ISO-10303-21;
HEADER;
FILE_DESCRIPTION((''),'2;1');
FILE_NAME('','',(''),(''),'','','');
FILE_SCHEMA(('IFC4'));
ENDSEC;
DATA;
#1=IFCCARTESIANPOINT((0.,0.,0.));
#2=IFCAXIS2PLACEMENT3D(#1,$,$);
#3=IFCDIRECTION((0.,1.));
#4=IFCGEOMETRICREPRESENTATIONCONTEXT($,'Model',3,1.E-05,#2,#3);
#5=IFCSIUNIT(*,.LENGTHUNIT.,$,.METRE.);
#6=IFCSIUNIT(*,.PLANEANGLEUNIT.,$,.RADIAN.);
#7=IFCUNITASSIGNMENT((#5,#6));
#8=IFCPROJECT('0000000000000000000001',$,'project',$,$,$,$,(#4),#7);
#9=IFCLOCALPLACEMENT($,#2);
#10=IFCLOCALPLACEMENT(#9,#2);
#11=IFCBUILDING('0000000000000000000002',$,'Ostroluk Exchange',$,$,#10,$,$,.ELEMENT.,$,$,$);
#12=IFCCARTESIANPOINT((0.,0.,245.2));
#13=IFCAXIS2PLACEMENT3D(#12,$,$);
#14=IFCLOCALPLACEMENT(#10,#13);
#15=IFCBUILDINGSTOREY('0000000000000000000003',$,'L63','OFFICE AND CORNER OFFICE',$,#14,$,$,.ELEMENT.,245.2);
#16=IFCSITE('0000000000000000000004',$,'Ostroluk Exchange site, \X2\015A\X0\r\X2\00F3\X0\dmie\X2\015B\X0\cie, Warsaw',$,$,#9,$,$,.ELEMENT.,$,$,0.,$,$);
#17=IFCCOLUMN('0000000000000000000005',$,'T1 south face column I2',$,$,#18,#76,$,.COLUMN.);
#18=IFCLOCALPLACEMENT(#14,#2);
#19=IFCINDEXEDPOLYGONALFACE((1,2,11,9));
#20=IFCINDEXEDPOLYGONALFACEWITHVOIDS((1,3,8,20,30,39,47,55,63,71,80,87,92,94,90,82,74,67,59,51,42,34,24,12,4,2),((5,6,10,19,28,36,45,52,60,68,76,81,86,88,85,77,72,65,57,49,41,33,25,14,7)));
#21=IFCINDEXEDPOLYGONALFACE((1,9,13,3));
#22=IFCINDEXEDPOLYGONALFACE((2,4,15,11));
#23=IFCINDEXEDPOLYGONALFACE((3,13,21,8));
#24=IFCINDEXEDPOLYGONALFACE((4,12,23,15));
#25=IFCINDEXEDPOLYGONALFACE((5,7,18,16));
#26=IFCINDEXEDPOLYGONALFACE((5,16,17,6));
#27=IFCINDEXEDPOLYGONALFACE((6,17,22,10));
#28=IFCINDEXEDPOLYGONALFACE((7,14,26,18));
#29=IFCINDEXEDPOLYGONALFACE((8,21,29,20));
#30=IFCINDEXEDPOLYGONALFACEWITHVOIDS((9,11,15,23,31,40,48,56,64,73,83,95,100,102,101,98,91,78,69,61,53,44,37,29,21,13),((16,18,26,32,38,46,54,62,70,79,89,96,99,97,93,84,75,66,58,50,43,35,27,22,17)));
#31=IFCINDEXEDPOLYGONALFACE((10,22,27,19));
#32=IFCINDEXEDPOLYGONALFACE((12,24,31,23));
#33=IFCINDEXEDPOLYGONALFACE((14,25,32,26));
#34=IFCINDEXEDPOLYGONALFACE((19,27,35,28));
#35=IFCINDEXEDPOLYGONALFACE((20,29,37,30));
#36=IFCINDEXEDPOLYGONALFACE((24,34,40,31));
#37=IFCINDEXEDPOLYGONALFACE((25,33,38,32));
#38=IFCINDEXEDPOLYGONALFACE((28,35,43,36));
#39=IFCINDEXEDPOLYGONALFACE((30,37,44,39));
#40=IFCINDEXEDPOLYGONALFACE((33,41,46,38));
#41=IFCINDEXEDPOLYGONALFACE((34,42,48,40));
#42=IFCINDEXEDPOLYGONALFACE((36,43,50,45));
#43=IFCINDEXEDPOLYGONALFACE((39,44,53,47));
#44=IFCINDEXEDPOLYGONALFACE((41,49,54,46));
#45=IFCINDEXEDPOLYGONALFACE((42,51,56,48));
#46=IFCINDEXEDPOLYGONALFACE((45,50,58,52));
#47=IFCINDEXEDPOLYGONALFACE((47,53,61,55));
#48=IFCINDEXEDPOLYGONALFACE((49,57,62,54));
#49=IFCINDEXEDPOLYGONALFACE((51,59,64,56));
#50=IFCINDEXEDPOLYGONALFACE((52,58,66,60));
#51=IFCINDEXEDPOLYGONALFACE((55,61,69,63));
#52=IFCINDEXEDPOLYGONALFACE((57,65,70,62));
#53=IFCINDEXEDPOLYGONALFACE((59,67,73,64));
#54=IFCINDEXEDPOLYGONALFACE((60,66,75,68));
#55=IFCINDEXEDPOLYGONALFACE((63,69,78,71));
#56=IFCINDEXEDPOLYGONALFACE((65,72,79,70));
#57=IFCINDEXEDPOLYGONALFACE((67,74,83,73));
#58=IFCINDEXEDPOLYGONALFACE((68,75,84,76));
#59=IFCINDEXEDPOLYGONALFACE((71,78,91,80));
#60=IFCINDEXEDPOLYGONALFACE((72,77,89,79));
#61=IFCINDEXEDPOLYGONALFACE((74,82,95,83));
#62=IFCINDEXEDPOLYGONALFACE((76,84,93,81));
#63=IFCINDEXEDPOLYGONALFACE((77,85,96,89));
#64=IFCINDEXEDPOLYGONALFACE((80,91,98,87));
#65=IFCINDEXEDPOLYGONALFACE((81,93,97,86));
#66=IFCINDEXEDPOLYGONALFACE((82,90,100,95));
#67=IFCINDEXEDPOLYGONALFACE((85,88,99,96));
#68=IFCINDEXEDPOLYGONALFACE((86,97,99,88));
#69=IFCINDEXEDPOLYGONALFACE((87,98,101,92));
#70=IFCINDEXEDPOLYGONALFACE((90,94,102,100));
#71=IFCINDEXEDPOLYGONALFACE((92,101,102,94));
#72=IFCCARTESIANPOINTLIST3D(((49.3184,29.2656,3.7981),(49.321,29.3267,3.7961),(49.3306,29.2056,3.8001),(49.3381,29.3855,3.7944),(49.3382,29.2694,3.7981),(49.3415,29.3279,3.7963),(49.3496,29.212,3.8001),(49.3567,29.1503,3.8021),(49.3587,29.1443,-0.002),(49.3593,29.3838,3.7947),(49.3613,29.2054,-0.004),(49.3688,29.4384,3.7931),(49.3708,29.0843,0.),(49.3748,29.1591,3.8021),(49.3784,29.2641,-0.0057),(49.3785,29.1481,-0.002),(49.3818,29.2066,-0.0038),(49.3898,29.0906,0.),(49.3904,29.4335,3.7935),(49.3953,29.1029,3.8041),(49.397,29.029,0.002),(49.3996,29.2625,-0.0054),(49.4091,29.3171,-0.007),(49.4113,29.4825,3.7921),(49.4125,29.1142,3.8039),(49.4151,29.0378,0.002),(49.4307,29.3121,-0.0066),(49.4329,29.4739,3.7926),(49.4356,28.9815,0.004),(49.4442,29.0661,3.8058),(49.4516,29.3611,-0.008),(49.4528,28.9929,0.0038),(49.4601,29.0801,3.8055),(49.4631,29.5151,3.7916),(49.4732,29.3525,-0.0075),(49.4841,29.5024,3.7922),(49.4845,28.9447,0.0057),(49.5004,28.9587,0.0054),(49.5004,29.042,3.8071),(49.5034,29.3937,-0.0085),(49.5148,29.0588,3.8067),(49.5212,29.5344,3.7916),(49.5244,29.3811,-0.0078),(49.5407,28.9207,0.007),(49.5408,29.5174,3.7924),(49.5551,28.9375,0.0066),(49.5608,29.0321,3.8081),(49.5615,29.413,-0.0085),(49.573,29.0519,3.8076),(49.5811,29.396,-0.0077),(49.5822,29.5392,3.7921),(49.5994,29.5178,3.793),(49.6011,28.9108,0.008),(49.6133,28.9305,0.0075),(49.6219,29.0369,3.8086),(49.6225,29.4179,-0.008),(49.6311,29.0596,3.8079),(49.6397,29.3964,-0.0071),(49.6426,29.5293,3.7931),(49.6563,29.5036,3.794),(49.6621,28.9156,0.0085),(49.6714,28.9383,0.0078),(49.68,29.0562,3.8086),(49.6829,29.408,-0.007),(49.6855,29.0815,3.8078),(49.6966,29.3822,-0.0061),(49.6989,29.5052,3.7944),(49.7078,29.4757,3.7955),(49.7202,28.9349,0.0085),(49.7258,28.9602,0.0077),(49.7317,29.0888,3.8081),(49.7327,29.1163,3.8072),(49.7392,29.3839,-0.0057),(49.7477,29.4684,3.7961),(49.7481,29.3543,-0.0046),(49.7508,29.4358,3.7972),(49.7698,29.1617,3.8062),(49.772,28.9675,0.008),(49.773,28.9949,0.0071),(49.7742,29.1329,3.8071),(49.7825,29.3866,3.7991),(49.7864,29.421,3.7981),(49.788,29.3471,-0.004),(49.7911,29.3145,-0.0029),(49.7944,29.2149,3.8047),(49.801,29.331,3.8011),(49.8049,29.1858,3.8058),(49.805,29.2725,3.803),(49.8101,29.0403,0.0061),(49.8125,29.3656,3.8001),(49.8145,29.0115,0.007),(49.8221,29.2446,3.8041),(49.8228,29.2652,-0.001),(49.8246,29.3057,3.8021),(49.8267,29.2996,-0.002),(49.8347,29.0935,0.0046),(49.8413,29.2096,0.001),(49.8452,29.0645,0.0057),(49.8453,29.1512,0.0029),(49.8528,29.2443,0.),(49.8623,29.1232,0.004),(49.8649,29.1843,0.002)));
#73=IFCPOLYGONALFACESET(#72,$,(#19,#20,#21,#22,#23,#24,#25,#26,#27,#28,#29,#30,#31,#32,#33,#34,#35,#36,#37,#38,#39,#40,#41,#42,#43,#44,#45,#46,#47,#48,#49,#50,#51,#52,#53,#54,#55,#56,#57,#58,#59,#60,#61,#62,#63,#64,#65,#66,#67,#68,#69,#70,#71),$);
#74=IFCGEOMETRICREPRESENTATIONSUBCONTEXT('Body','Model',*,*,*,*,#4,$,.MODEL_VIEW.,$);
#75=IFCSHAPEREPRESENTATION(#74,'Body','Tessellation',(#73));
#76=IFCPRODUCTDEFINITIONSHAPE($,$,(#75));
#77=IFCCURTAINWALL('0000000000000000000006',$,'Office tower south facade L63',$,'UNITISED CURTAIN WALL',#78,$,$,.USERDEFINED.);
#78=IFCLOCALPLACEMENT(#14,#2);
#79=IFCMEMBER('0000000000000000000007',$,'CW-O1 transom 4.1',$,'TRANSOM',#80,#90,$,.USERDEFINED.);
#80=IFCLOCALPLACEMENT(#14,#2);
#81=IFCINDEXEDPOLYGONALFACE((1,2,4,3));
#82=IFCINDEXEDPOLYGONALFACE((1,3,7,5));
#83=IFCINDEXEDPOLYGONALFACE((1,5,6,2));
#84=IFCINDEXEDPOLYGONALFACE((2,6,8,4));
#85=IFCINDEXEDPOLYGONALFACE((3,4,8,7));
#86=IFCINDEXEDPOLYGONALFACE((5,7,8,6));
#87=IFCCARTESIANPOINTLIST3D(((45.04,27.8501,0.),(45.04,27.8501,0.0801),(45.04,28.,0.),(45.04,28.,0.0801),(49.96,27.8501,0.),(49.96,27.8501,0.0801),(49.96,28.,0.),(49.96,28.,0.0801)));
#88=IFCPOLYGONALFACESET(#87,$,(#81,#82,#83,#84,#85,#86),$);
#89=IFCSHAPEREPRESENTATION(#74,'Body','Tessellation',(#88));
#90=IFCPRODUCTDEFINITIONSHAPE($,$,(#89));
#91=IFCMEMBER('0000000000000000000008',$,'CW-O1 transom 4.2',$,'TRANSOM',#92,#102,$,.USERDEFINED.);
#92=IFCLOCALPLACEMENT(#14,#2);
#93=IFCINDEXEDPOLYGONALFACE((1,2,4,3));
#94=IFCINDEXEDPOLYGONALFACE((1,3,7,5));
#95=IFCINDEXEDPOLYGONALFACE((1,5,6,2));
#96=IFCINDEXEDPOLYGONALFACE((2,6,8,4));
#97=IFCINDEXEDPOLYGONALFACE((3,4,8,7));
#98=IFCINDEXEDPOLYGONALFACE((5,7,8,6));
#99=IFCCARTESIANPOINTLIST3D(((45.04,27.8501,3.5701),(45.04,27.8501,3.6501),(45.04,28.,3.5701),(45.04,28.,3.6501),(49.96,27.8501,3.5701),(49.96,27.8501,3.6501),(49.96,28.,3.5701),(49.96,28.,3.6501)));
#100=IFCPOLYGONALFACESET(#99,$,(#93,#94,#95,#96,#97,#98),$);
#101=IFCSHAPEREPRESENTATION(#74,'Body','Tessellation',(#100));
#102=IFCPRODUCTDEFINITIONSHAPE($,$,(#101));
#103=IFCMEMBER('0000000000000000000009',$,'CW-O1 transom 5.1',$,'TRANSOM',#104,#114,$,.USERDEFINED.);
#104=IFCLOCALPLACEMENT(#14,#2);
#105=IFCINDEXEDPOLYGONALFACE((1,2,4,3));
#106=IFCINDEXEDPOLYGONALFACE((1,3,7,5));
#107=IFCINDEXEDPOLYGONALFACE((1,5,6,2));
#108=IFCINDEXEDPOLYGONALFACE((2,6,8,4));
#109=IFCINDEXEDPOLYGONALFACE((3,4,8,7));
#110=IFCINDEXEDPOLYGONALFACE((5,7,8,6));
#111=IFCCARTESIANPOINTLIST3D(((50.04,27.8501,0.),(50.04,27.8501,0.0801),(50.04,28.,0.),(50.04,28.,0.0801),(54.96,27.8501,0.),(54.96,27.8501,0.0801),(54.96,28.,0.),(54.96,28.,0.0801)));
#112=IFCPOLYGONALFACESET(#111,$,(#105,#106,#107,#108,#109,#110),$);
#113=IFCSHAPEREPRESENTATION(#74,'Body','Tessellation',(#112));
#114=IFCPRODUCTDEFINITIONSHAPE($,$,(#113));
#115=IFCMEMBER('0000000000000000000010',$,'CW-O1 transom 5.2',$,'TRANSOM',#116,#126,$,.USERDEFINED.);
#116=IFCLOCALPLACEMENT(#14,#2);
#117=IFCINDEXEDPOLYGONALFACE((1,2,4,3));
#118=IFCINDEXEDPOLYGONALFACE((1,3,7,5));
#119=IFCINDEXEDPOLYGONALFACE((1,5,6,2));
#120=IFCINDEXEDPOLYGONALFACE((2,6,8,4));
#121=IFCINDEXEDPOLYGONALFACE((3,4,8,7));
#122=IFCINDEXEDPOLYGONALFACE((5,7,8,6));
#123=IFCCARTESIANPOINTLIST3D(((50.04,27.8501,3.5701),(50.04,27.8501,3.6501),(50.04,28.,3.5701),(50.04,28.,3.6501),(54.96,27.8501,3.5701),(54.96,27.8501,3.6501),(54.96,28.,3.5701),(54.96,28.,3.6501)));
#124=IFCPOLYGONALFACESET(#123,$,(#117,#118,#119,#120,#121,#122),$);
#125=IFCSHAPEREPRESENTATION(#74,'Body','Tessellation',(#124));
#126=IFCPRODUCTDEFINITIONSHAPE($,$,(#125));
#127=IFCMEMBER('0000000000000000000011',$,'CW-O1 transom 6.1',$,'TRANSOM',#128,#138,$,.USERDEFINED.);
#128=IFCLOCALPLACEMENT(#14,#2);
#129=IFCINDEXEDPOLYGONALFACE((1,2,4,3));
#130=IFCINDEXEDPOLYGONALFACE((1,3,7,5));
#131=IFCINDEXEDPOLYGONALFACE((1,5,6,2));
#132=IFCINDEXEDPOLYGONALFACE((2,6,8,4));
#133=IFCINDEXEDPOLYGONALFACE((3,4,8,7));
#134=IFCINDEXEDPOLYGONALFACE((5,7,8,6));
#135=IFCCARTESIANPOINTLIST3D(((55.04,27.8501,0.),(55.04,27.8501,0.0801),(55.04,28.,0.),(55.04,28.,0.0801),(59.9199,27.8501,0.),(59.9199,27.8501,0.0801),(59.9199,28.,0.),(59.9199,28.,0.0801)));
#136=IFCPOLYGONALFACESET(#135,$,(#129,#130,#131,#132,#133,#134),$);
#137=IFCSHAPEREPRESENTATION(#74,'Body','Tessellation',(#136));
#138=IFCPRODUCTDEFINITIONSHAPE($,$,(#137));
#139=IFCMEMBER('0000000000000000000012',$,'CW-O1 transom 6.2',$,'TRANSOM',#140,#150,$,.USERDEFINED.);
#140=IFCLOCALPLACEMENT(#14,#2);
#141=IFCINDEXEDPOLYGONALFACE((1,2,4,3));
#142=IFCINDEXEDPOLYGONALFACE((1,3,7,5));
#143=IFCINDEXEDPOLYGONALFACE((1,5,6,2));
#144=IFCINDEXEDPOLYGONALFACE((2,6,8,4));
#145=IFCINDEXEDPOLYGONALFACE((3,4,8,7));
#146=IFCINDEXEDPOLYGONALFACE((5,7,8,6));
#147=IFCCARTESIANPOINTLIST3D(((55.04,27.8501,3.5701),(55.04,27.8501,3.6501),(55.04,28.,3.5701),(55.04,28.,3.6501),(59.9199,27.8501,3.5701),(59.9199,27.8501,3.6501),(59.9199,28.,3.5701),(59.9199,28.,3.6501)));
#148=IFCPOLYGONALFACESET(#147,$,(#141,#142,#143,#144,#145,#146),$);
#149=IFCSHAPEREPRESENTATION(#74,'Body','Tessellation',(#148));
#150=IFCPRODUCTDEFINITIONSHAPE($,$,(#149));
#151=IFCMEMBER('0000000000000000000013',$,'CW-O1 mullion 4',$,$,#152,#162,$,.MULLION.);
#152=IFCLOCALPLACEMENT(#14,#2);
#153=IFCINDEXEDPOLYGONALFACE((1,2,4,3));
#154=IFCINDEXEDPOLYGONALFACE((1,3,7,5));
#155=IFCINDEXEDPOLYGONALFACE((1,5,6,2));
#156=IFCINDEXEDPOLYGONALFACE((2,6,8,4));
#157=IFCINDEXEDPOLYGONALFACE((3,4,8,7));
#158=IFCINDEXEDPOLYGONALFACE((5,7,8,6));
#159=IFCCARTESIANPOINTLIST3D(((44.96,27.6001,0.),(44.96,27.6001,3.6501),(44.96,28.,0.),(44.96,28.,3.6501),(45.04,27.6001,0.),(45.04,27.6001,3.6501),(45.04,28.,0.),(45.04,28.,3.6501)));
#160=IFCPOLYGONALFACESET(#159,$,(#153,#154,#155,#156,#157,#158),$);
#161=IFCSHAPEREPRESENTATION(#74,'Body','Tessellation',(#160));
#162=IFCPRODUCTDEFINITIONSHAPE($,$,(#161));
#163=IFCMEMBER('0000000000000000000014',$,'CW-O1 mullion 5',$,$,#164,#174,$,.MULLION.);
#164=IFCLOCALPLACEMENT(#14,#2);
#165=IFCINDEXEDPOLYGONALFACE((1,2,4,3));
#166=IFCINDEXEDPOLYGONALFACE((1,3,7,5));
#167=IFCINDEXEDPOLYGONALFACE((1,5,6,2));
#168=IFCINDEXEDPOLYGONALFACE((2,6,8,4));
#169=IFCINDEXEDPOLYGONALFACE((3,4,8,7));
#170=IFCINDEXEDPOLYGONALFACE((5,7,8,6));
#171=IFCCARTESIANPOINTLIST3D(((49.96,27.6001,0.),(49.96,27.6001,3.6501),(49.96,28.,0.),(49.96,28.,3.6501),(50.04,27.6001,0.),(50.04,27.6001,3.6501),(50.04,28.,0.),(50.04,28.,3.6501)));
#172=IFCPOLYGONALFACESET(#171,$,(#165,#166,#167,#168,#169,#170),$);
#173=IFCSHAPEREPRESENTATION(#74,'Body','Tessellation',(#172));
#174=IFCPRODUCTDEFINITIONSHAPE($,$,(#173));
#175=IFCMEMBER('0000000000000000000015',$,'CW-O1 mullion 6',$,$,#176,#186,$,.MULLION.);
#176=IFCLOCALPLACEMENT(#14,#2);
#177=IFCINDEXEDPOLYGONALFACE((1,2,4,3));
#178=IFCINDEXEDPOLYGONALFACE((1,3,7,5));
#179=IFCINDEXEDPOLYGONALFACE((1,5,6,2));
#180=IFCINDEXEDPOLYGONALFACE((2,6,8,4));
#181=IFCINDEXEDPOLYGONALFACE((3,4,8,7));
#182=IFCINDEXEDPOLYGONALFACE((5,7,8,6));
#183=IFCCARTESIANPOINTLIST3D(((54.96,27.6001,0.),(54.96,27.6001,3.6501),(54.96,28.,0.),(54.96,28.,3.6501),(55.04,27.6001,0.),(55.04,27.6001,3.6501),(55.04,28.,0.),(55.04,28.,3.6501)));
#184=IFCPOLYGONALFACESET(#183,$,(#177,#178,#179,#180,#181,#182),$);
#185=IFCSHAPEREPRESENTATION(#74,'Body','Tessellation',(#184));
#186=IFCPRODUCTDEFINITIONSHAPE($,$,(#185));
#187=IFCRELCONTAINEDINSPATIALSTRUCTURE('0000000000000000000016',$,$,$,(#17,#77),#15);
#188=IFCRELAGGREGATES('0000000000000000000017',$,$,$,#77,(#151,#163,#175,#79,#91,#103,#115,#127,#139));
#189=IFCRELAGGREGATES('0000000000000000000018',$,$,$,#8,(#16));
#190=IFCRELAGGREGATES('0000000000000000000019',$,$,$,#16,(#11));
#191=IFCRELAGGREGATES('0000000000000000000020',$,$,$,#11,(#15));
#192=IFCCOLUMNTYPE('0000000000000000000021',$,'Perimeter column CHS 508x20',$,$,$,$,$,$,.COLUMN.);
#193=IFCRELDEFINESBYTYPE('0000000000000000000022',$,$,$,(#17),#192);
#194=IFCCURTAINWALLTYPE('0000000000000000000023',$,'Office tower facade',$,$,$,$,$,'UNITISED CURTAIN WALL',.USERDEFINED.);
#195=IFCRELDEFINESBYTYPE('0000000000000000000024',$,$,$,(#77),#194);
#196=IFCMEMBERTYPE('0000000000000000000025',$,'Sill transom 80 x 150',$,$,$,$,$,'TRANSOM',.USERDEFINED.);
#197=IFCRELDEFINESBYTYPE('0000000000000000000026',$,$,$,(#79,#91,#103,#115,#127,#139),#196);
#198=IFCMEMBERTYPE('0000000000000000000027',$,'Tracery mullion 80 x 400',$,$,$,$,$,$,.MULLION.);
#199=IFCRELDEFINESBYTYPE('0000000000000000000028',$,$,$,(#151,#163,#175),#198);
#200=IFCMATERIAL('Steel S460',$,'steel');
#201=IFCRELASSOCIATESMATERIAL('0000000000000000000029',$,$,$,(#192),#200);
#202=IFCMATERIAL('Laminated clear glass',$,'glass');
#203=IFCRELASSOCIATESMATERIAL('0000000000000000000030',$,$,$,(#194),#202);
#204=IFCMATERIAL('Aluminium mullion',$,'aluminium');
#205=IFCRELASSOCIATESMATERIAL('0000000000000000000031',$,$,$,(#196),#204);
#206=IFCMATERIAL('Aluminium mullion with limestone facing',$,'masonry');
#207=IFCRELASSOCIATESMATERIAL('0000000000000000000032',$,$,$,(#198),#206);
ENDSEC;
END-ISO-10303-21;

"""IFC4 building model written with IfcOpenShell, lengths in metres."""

from ifc_helpers import new_model, si_unit, direction, frame, origin, origin_2d, place, context, subcontext, project, spatial, rectangle, hollow_circle, extrude, material, material_profile, profile_set, type_object, element, aggregate, save


model = new_model("IFC4")

# Units and contexts
model_context = context("Model", 3, precision=1e-05, world=origin(), true_north=direction((0.0, 1.0)))
body_context = subcontext(model_context, "Body", "Model", "MODEL_VIEW")
ifc_project = project(units=[si_unit("LENGTHUNIT", "METRE"), si_unit("PLANEANGLEUNIT", "RADIAN")], contexts=[model_context])

# Site, building, storey
site_placement = place(None, origin())
site = spatial("IfcSite", under=ifc_project, at=site_placement, Name="Ostroluk Exchange site, Śródmieście, Warsaw", CompositionType="ELEMENT", RefElevation=0.0)
building_placement = place(site_placement, origin())
building = spatial("IfcBuilding", under=site, at=building_placement, Name="Ostroluk Exchange", CompositionType="ELEMENT")
storey_placement = place(building_placement, frame((0.0, 0.0, 245.2)))
storey = spatial("IfcBuildingStorey", under=building, at=storey_placement, Name="L63", Description="OFFICE AND CORNER OFFICE", CompositionType="ELEMENT", Elevation=245.2)

# Column
ifc_material_1 = material(Name="Steel S460", Category="steel")
ifc_material_profile_1 = material_profile(ifc_material_1, hollow_circle(Radius=0.2539, WallThickness=0.02, at=origin_2d()), Name="CHS 508x20")
ifc_profile_set_1 = profile_set([ifc_material_profile_1], Name="Steel S460")
column_type = type_object("IfcColumnType", Name="Perimeter column CHS 508x20", PredefinedType="COLUMN", material=ifc_profile_set_1)
column_placement = place(storey_placement, frame((49.6118, 29.1643, 0.0), z_axis=(-0.010595, 0.031913, 0.999435), x_axis=(-0.949065, -0.315082, 0.0)))
element("IfcColumn", 1, at=column_placement, inside=storey, type_object=column_type, Name="T1 south face column I2", PredefinedType="COLUMN", context=body_context, shape_type="SweptSolid", body=[
    extrude(hollow_circle(Radius=0.2539, WallThickness=0.02, at=origin_2d()), origin(), (0.0, 0.0, 1.0), 3.8022),
])

# Curtain wall, members
ifc_material_2 = material(Name="Laminated clear glass", Category="glass")
curtain_wall_type = type_object("IfcCurtainWallType", Name="Office tower facade", ElementType="UNITISED CURTAIN WALL", PredefinedType="USERDEFINED", material=ifc_material_2)
curtain_wall_placement = place(storey_placement, origin())
curtain_wall = element("IfcCurtainWall", 2, at=curtain_wall_placement, inside=storey, type_object=curtain_wall_type, Name="Office tower south facade L63", ObjectType="UNITISED CURTAIN WALL", PredefinedType="USERDEFINED")
ifc_material_3 = material(Name="Aluminium mullion", Category="aluminium")
ifc_material_profile_2 = material_profile(ifc_material_3, rectangle(XDim=0.1499, YDim=0.0801, at=origin_2d()), Name="Sill transom 80 x 150")
ifc_profile_set_2 = profile_set([ifc_material_profile_2], Name="Aluminium mullion")
member_type_1 = type_object("IfcMemberType", Name="Sill transom 80 x 150", ElementType="TRANSOM", PredefinedType="USERDEFINED", material=ifc_profile_set_2)
member_1_placement = place(storey_placement, frame((45.04, 27.925, 0.04), z_axis=(1.0, 0.0, 0.0), x_axis=(0.0, 1.0, 0.0)))
member_1 = element("IfcMember", 3, at=member_1_placement, type_object=member_type_1, Name="CW-O1 transom 4.1", ObjectType="TRANSOM", PredefinedType="USERDEFINED", context=body_context, shape_type="SweptSolid", body=[
    extrude(rectangle(XDim=0.1499, YDim=0.0801, at=origin_2d()), origin(), (0.0, 0.0, 1.0), 4.9199),
])
member_2_placement = place(storey_placement, frame((45.04, 27.925, 3.6101), z_axis=(1.0, 0.0, 0.0), x_axis=(0.0, 1.0, 0.0)))
member_2 = element("IfcMember", 4, at=member_2_placement, type_object=member_type_1, Name="CW-O1 transom 4.2", ObjectType="TRANSOM", PredefinedType="USERDEFINED", context=body_context, shape_type="SweptSolid", body=[
    extrude(rectangle(XDim=0.1499, YDim=0.0801, at=origin_2d()), origin(), (0.0, 0.0, 1.0), 4.9199),
])
member_3_placement = place(storey_placement, frame((50.04, 27.925, 0.04), z_axis=(1.0, 0.0, 0.0), x_axis=(0.0, 1.0, 0.0)))
member_3 = element("IfcMember", 5, at=member_3_placement, type_object=member_type_1, Name="CW-O1 transom 5.1", ObjectType="TRANSOM", PredefinedType="USERDEFINED", context=body_context, shape_type="SweptSolid", body=[
    extrude(rectangle(XDim=0.1499, YDim=0.0801, at=origin_2d()), origin(), (0.0, 0.0, 1.0), 4.9199),
])
member_4_placement = place(storey_placement, frame((50.04, 27.925, 3.6101), z_axis=(1.0, 0.0, 0.0), x_axis=(0.0, 1.0, 0.0)))
member_4 = element("IfcMember", 6, at=member_4_placement, type_object=member_type_1, Name="CW-O1 transom 5.2", ObjectType="TRANSOM", PredefinedType="USERDEFINED", context=body_context, shape_type="SweptSolid", body=[
    extrude(rectangle(XDim=0.1499, YDim=0.0801, at=origin_2d()), origin(), (0.0, 0.0, 1.0), 4.9199),
])
member_5_placement = place(storey_placement, frame((55.04, 27.925, 0.04), z_axis=(1.0, 0.0, 0.0), x_axis=(0.0, 1.0, 0.0)))
member_5 = element("IfcMember", 7, at=member_5_placement, type_object=member_type_1, Name="CW-O1 transom 6.1", ObjectType="TRANSOM", PredefinedType="USERDEFINED", context=body_context, shape_type="SweptSolid", body=[
    extrude(rectangle(XDim=0.1499, YDim=0.0801, at=origin_2d()), origin(), (0.0, 0.0, 1.0), 4.8799),
])
member_6_placement = place(storey_placement, frame((55.04, 27.925, 3.6101), z_axis=(1.0, 0.0, 0.0), x_axis=(0.0, 1.0, 0.0)))
member_6 = element("IfcMember", 8, at=member_6_placement, type_object=member_type_1, Name="CW-O1 transom 6.2", ObjectType="TRANSOM", PredefinedType="USERDEFINED", context=body_context, shape_type="SweptSolid", body=[
    extrude(rectangle(XDim=0.1499, YDim=0.0801, at=origin_2d()), origin(), (0.0, 0.0, 1.0), 4.8799),
])
ifc_material_4 = material(Name="Aluminium mullion with limestone facing", Category="masonry")
ifc_material_profile_3 = material_profile(ifc_material_4, rectangle(XDim=0.3999, YDim=0.0801, at=origin_2d()), Name="Tracery mullion 80 x 400")
ifc_profile_set_3 = profile_set([ifc_material_profile_3], Name="Aluminium mullion with limestone facing")
member_type_2 = type_object("IfcMemberType", Name="Tracery mullion 80 x 400", PredefinedType="MULLION", material=ifc_profile_set_3)
member_7_placement = place(storey_placement, frame((45.0, 27.8, 0.0), z_axis=(0.0, 0.0, 1.0), x_axis=(0.0, 1.0, 0.0)))
member_7 = element("IfcMember", 9, at=member_7_placement, type_object=member_type_2, Name="CW-O1 mullion 4", PredefinedType="MULLION", context=body_context, shape_type="SweptSolid", body=[
    extrude(rectangle(XDim=0.3999, YDim=0.0801, at=origin_2d()), origin(), (0.0, 0.0, 1.0), 3.6501),
])
member_8_placement = place(storey_placement, frame((50.0, 27.8, 0.0), z_axis=(0.0, 0.0, 1.0), x_axis=(0.0, 1.0, 0.0)))
member_8 = element("IfcMember", 10, at=member_8_placement, type_object=member_type_2, Name="CW-O1 mullion 5", PredefinedType="MULLION", context=body_context, shape_type="SweptSolid", body=[
    extrude(rectangle(XDim=0.3999, YDim=0.0801, at=origin_2d()), origin(), (0.0, 0.0, 1.0), 3.6501),
])
member_9_placement = place(storey_placement, frame((55.0, 27.8, 0.0), z_axis=(0.0, 0.0, 1.0), x_axis=(0.0, 1.0, 0.0)))
member_9 = element("IfcMember", 11, at=member_9_placement, type_object=member_type_2, Name="CW-O1 mullion 6", PredefinedType="MULLION", context=body_context, shape_type="SweptSolid", body=[
    extrude(rectangle(XDim=0.3999, YDim=0.0801, at=origin_2d()), origin(), (0.0, 0.0, 1.0), 3.6501),
])
aggregate(curtain_wall, [member_7, member_8, member_9, member_1, member_2, member_3, member_4, member_5, member_6])

save(model, "model.ifc")
